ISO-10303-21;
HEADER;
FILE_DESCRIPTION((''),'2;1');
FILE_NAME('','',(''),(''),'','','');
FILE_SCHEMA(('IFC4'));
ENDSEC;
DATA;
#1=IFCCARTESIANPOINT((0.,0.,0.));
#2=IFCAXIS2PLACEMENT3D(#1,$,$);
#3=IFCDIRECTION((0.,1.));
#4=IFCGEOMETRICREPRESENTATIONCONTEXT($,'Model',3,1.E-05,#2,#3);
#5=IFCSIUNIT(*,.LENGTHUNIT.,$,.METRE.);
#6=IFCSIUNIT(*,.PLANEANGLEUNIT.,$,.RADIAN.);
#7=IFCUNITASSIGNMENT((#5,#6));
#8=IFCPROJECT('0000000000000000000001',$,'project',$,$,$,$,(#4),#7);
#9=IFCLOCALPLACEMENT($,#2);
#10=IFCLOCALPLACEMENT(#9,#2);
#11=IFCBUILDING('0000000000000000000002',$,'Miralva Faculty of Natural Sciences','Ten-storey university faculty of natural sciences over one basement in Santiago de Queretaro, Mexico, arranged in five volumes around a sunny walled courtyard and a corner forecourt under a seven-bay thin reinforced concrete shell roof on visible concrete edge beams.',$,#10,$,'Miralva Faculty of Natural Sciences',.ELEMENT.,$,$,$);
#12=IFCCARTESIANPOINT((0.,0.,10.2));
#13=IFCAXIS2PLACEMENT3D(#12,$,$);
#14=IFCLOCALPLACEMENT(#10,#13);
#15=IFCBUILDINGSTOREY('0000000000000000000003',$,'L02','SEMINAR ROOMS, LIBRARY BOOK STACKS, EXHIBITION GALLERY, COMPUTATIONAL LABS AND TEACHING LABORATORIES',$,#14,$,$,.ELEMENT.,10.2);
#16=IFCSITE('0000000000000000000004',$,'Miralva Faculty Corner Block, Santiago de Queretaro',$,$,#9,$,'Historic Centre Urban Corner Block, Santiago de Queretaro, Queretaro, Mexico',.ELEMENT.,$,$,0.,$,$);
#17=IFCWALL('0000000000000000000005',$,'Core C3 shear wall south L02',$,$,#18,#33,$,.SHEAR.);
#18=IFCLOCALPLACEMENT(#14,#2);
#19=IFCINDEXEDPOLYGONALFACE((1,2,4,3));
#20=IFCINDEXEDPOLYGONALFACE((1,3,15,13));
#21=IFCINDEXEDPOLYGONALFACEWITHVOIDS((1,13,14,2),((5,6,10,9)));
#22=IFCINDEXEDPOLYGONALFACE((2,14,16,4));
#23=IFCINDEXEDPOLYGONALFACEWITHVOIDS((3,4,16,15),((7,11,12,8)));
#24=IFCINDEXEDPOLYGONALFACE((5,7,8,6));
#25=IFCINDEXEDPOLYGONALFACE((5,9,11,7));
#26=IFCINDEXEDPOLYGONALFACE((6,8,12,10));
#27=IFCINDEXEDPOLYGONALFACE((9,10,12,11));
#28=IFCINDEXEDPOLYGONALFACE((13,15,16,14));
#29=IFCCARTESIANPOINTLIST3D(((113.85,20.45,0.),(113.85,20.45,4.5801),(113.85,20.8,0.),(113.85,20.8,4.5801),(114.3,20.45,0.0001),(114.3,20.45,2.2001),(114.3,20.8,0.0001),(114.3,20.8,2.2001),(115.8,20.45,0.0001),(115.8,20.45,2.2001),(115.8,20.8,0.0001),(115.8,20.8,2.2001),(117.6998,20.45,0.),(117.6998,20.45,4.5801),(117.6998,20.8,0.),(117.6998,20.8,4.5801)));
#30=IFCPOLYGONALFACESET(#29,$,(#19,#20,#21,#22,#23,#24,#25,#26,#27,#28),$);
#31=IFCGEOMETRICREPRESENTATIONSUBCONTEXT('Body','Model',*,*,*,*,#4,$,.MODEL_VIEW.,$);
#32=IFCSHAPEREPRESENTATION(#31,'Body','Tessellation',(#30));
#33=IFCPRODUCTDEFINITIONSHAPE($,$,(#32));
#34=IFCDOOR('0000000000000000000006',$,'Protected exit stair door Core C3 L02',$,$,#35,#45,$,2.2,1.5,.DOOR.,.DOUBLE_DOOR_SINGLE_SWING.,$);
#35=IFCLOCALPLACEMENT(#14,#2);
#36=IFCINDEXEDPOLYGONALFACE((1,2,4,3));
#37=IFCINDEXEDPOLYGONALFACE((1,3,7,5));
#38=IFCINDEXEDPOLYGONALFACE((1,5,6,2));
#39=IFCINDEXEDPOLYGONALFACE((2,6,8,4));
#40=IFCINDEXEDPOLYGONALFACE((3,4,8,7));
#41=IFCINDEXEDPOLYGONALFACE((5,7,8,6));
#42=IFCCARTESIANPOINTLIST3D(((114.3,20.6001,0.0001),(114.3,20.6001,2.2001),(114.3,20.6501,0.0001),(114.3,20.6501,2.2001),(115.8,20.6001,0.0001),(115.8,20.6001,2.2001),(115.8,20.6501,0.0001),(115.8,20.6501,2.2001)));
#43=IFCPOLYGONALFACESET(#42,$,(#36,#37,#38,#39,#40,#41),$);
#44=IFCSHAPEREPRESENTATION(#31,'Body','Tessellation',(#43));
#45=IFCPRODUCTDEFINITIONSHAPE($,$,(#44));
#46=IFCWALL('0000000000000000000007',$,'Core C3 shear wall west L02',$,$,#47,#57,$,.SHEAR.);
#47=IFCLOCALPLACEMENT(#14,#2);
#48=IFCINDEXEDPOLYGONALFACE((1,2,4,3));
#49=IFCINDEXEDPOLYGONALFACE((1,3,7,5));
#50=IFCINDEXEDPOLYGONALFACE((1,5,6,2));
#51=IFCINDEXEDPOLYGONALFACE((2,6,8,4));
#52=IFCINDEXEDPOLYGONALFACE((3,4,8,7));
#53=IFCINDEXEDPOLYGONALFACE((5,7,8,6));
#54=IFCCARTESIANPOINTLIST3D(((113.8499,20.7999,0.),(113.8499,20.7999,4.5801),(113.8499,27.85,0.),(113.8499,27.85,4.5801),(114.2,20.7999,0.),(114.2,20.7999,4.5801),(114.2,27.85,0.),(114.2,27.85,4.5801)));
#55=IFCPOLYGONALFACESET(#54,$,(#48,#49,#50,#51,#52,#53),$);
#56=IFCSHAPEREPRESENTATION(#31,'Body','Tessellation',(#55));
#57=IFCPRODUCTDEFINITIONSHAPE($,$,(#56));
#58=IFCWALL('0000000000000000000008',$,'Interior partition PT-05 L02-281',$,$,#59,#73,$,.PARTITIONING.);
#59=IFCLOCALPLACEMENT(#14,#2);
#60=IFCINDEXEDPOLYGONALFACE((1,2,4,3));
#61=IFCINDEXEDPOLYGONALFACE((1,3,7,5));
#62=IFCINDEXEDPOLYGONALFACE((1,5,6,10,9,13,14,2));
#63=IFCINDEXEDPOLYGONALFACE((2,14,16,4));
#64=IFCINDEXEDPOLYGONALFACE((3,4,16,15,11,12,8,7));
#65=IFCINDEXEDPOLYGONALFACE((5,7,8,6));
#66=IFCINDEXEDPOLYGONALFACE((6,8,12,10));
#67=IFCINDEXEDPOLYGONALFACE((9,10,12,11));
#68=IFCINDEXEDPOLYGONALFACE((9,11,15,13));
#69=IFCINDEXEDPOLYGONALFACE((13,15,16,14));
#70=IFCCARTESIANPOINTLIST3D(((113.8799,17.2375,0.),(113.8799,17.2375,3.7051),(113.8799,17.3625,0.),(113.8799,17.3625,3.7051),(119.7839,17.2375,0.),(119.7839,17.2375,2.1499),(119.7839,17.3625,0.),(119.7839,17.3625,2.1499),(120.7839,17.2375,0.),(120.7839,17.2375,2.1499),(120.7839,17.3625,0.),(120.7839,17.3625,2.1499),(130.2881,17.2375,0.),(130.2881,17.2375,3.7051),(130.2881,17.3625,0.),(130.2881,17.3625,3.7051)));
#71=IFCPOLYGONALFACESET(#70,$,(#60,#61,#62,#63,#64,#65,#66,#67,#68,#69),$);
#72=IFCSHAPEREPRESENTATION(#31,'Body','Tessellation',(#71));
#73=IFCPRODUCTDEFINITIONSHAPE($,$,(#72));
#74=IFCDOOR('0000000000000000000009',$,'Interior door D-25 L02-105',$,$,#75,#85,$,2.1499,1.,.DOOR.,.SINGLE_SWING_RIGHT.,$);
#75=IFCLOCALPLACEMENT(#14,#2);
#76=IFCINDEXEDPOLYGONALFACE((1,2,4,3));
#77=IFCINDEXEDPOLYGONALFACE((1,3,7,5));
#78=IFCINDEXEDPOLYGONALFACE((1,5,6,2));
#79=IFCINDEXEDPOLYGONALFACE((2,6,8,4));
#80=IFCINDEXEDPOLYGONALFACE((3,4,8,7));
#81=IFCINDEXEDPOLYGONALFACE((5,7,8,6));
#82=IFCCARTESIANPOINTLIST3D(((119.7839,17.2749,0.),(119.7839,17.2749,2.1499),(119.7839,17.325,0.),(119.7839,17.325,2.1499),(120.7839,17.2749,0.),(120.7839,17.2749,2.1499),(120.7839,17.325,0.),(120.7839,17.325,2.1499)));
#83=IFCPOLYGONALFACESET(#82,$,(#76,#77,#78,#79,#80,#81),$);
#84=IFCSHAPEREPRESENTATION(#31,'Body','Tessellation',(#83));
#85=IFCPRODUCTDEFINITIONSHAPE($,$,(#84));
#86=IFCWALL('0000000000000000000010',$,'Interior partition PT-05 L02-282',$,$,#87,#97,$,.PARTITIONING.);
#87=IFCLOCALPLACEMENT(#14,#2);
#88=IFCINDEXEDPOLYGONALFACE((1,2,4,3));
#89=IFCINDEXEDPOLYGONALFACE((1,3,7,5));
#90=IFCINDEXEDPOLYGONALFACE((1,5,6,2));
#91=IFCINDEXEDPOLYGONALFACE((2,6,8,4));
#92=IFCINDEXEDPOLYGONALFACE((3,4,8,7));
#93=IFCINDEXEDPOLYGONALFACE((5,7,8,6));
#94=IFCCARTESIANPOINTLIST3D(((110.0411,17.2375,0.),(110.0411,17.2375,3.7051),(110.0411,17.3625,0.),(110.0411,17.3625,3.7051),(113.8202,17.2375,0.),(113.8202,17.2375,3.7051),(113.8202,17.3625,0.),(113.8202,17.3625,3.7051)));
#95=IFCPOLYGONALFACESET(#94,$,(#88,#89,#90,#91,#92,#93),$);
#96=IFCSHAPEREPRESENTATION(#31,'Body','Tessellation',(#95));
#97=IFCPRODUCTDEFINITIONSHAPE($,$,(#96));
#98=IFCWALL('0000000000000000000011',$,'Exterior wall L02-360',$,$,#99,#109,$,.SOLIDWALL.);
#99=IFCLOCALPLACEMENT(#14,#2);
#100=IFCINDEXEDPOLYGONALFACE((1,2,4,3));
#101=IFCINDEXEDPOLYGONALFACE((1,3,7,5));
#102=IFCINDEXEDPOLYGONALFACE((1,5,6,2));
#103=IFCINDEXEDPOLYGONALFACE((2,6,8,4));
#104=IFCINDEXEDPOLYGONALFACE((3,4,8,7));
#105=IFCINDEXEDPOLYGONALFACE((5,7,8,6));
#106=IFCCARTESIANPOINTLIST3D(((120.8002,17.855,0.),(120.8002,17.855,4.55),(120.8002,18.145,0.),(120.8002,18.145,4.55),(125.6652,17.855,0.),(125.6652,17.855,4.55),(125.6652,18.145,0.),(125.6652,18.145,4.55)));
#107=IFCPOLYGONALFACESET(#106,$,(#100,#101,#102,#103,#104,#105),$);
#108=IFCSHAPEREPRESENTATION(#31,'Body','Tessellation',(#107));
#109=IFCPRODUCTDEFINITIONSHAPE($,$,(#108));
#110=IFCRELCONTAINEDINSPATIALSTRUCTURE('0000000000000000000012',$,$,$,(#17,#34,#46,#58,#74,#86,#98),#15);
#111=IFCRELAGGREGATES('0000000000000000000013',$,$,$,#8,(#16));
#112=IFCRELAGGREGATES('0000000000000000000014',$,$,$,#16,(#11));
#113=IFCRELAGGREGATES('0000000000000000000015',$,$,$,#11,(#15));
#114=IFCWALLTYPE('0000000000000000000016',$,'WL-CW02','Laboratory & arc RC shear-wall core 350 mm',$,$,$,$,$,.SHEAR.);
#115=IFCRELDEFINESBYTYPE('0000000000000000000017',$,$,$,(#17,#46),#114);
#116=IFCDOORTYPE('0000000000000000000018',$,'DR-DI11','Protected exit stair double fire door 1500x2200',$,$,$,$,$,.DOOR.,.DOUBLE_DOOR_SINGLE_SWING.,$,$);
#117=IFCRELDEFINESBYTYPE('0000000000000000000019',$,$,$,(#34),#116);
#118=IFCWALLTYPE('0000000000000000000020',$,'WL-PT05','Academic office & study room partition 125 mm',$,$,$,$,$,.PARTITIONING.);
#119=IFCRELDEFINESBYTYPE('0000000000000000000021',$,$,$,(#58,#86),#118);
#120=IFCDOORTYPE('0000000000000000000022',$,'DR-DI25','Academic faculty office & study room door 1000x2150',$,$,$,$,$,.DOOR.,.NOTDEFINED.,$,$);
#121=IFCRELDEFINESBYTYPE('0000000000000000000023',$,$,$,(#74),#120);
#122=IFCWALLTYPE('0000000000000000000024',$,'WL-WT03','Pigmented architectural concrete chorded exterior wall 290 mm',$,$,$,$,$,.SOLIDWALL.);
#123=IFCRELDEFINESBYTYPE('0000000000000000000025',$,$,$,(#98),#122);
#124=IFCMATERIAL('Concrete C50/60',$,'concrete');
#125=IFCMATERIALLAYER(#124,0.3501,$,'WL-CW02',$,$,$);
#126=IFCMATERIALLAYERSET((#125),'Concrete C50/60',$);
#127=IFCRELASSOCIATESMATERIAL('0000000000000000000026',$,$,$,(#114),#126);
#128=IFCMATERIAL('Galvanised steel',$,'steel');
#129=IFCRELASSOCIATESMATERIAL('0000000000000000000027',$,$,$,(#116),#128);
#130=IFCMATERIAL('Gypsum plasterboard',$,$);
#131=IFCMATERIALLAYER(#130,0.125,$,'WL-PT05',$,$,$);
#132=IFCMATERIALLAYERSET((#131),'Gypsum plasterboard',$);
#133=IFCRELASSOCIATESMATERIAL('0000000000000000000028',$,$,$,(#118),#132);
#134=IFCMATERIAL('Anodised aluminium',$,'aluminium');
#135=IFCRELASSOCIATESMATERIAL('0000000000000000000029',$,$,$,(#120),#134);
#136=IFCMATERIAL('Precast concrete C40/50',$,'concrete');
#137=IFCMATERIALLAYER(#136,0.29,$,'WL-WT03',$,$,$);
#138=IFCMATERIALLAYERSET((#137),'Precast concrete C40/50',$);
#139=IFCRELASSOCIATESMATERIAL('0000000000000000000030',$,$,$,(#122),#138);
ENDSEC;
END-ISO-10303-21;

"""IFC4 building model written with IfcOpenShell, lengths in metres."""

from ifc_helpers import new_model, si_unit, direction, frame, frame_2d, origin, place, context, subcontext, project, spatial, rectangle, extrude, material, layer, layer_set, type_object, element, fill, save


model = new_model("IFC4")

# Units and contexts
model_context = context("Model", 3, precision=1e-05, world=origin(), true_north=direction((0.0, 1.0)))
body_context = subcontext(model_context, "Body", "Model", "MODEL_VIEW")
ifc_project = project(units=[si_unit("LENGTHUNIT", "METRE"), si_unit("PLANEANGLEUNIT", "RADIAN")], contexts=[model_context])

# Site, building, storey
site_placement = place(None, origin())
site = spatial("IfcSite", under=ifc_project, at=site_placement, Name="Miralva Faculty Corner Block, Santiago de Queretaro", LongName="Historic Centre Urban Corner Block, Santiago de Queretaro, Queretaro, Mexico", CompositionType="ELEMENT", RefElevation=0.0)
building_placement = place(site_placement, origin())
building = spatial("IfcBuilding", under=site, at=building_placement, Name="Miralva Faculty of Natural Sciences", Description="Ten-storey university faculty of natural sciences over one basement in Santiago de Queretaro, Mexico, arranged in five volumes around a sunny walled courtyard and a corner forecourt under a seven-bay thin reinforced concrete shell roof on visible concrete edge beams.", LongName="Miralva Faculty of Natural Sciences", CompositionType="ELEMENT")
storey_placement = place(building_placement, frame((0.0, 0.0, 10.2)))
storey = spatial("IfcBuildingStorey", under=building, at=storey_placement, Name="L02", Description="SEMINAR ROOMS, LIBRARY BOOK STACKS, EXHIBITION GALLERY, COMPUTATIONAL LABS AND TEACHING LABORATORIES", CompositionType="ELEMENT", Elevation=10.2)

# Shared definitions
ifc_material_1 = material(Name="Anodised aluminium", Category="aluminium")

# Wall, opening, door
ifc_material_2 = material(Name="Concrete C50/60", Category="concrete")
ifc_layer_1 = layer(ifc_material_2, 0.3501, Name="WL-CW02")
ifc_layer_set_1 = layer_set([ifc_layer_1], Name="Concrete C50/60")
wall_type_1 = type_object("IfcWallType", Name="WL-CW02", Description="Laboratory & arc RC shear-wall core 350 mm", PredefinedType="SHEAR", material=ifc_layer_set_1)
wall_1_placement = place(storey_placement, frame((113.8501, 20.625, 0.0), z_axis=(0.0, 0.0, 1.0), x_axis=(1.0, 0.0, 0.0)))
wall_1 = element("IfcWall", 1, at=wall_1_placement, inside=storey, type_object=wall_type_1, Name="Core C3 shear wall south L02", PredefinedType="SHEAR", context=body_context, shape_type="SweptSolid", body=[
    extrude(rectangle(XDim=3.8499, YDim=0.3501, at=frame_2d((1.9248, 0.0))), origin(), (0.0, 0.0, 1.0), 4.5801),
])
opening_1_placement = place(wall_1_placement, frame((0.45, 0.0, 0.0)))
opening_1 = element("IfcOpeningElement", 2, at=opening_1_placement, cuts=wall_1, PredefinedType="OPENING", context=body_context, shape_type="SweptSolid", body=[
    extrude(rectangle(XDim=1.5, YDim=2.2, at=frame_2d((0.75, 1.1001))), frame((0.0, 0.1851, 0.0), z_axis=(0.0, -1.0, 0.0), x_axis=(1.0, 0.0, 0.0)), (0.0, 0.0, 1.0), 0.3701),
])
ifc_material_3 = material(Name="Galvanised steel", Category="steel")
door_type_1 = type_object("IfcDoorType", Name="DR-DI11", Description="Protected exit stair double fire door 1500x2200", OperationType="DOUBLE_DOOR_SINGLE_SWING", PredefinedType="DOOR", material=ifc_material_3)
door_1_placement = place(opening_1_placement, frame((1.5, 0.0, 0.0), z_axis=(0.0, 0.0, 1.0), x_axis=(-1.0, 0.0, 0.0)))
door_1 = element("IfcDoor", 3, at=door_1_placement, inside=storey, type_object=door_type_1, Name="Protected exit stair door Core C3 L02", OperationType="DOUBLE_DOOR_SINGLE_SWING", OverallHeight=2.2, OverallWidth=1.5, PredefinedType="DOOR", context=body_context, shape_type="SweptSolid", body=[
    extrude(rectangle(XDim=1.5, YDim=2.2, at=frame_2d((0.75, 1.1001))), frame((0.0, 0.0249, 0.0), z_axis=(0.0, -1.0, 0.0), x_axis=(1.0, 0.0, 0.0)), (0.0, 0.0, 1.0), 0.05),
])
fill(opening_1, door_1)

# Wall
wall_2_placement = place(storey_placement, frame((114.0249, 20.8, 0.0), z_axis=(0.0, 0.0, 1.0), x_axis=(0.0, 1.0, 0.0)))
element("IfcWall", 4, at=wall_2_placement, inside=storey, type_object=wall_type_1, Name="Core C3 shear wall west L02", PredefinedType="SHEAR", context=body_context, shape_type="SweptSolid", body=[
    extrude(rectangle(XDim=7.05, YDim=0.3501, at=frame_2d((3.5249, 0.0))), origin(), (0.0, 0.0, 1.0), 4.5801),
])

# Wall, opening, door
ifc_material_4 = material(Name="Gypsum plasterboard")
ifc_layer_2 = layer(ifc_material_4, 0.125, Name="WL-PT05")
ifc_layer_set_2 = layer_set([ifc_layer_2], Name="Gypsum plasterboard")
wall_type_2 = type_object("IfcWallType", Name="WL-PT05", Description="Academic office & study room partition 125 mm", PredefinedType="PARTITIONING", material=ifc_layer_set_2)
wall_3_placement = place(storey_placement, frame((113.8799, 17.3, 0.0), z_axis=(0.0, 0.0, 1.0), x_axis=(1.0, 0.0, 0.0)))
wall_3 = element("IfcWall", 5, at=wall_3_placement, inside=storey, type_object=wall_type_2, Name="Interior partition PT-05 L02-281", PredefinedType="PARTITIONING", context=body_context, shape_type="SweptSolid", body=[
    extrude(rectangle(XDim=16.4082, YDim=0.125, at=frame_2d((8.2041, 0.0))), origin(), (0.0, 0.0, 1.0), 3.7051),
])
opening_2_placement = place(wall_3_placement, frame((5.9041, 0.0, 0.0)))
opening_2 = element("IfcOpeningElement", 6, at=opening_2_placement, cuts=wall_3, PredefinedType="OPENING", context=body_context, shape_type="SweptSolid", body=[
    extrude(rectangle(XDim=1.0, YDim=2.1499, at=frame_2d((0.5, 1.075))), frame((0.0, 0.0725, 0.0), z_axis=(0.0, -1.0, 0.0), x_axis=(1.0, 0.0, 0.0)), (0.0, 0.0, 1.0), 0.145),
])
door_type_2 = type_object("IfcDoorType", Name="DR-DI25", Description="Academic faculty office & study room door 1000x2150", OperationType="NOTDEFINED", PredefinedType="DOOR", material=ifc_material_1)
door_2_placement = place(opening_2_placement, origin())
door_2 = element("IfcDoor", 7, at=door_2_placement, inside=storey, type_object=door_type_2, Name="Interior door D-25 L02-105", OperationType="SINGLE_SWING_RIGHT", OverallHeight=2.1499, OverallWidth=1.0, PredefinedType="DOOR", context=body_context, shape_type="SweptSolid", body=[
    extrude(rectangle(XDim=1.0, YDim=2.1499, at=frame_2d((0.5, 1.075))), frame((0.0, 0.0249, 0.0), z_axis=(0.0, -1.0, 0.0), x_axis=(1.0, 0.0, 0.0)), (0.0, 0.0, 1.0), 0.05),
])
fill(opening_2, door_2)

# Walls
wall_4_placement = place(storey_placement, frame((110.041, 17.3, 0.0), z_axis=(0.0, 0.0, 1.0), x_axis=(1.0, 0.0, 0.0)))
element("IfcWall", 8, at=wall_4_placement, inside=storey, type_object=wall_type_2, Name="Interior partition PT-05 L02-282", PredefinedType="PARTITIONING", context=body_context, shape_type="SweptSolid", body=[
    extrude(rectangle(XDim=3.7791, YDim=0.125, at=frame_2d((1.8896, 0.0))), origin(), (0.0, 0.0, 1.0), 3.7051),
])
ifc_material_5 = material(Name="Precast concrete C40/50", Category="concrete")
ifc_layer_3 = layer(ifc_material_5, 0.29, Name="WL-WT03")
ifc_layer_set_3 = layer_set([ifc_layer_3], Name="Precast concrete C40/50")
wall_type_3 = type_object("IfcWallType", Name="WL-WT03", Description="Pigmented architectural concrete chorded exterior wall 290 mm", PredefinedType="SOLIDWALL", material=ifc_layer_set_3)
wall_5_placement = place(storey_placement, frame((120.8, 18.0, 0.0), z_axis=(0.0, 0.0, 1.0), x_axis=(1.0, 0.0, 0.0)))
element("IfcWall", 9, at=wall_5_placement, inside=storey, type_object=wall_type_3, Name="Exterior wall L02-360", PredefinedType="SOLIDWALL", context=body_context, shape_type="SweptSolid", body=[
    extrude(rectangle(XDim=4.865, YDim=0.29, at=frame_2d((2.4326, 0.0))), origin(), (0.0, 0.0, 1.0), 4.55),
])

save(model, "model.ifc")
